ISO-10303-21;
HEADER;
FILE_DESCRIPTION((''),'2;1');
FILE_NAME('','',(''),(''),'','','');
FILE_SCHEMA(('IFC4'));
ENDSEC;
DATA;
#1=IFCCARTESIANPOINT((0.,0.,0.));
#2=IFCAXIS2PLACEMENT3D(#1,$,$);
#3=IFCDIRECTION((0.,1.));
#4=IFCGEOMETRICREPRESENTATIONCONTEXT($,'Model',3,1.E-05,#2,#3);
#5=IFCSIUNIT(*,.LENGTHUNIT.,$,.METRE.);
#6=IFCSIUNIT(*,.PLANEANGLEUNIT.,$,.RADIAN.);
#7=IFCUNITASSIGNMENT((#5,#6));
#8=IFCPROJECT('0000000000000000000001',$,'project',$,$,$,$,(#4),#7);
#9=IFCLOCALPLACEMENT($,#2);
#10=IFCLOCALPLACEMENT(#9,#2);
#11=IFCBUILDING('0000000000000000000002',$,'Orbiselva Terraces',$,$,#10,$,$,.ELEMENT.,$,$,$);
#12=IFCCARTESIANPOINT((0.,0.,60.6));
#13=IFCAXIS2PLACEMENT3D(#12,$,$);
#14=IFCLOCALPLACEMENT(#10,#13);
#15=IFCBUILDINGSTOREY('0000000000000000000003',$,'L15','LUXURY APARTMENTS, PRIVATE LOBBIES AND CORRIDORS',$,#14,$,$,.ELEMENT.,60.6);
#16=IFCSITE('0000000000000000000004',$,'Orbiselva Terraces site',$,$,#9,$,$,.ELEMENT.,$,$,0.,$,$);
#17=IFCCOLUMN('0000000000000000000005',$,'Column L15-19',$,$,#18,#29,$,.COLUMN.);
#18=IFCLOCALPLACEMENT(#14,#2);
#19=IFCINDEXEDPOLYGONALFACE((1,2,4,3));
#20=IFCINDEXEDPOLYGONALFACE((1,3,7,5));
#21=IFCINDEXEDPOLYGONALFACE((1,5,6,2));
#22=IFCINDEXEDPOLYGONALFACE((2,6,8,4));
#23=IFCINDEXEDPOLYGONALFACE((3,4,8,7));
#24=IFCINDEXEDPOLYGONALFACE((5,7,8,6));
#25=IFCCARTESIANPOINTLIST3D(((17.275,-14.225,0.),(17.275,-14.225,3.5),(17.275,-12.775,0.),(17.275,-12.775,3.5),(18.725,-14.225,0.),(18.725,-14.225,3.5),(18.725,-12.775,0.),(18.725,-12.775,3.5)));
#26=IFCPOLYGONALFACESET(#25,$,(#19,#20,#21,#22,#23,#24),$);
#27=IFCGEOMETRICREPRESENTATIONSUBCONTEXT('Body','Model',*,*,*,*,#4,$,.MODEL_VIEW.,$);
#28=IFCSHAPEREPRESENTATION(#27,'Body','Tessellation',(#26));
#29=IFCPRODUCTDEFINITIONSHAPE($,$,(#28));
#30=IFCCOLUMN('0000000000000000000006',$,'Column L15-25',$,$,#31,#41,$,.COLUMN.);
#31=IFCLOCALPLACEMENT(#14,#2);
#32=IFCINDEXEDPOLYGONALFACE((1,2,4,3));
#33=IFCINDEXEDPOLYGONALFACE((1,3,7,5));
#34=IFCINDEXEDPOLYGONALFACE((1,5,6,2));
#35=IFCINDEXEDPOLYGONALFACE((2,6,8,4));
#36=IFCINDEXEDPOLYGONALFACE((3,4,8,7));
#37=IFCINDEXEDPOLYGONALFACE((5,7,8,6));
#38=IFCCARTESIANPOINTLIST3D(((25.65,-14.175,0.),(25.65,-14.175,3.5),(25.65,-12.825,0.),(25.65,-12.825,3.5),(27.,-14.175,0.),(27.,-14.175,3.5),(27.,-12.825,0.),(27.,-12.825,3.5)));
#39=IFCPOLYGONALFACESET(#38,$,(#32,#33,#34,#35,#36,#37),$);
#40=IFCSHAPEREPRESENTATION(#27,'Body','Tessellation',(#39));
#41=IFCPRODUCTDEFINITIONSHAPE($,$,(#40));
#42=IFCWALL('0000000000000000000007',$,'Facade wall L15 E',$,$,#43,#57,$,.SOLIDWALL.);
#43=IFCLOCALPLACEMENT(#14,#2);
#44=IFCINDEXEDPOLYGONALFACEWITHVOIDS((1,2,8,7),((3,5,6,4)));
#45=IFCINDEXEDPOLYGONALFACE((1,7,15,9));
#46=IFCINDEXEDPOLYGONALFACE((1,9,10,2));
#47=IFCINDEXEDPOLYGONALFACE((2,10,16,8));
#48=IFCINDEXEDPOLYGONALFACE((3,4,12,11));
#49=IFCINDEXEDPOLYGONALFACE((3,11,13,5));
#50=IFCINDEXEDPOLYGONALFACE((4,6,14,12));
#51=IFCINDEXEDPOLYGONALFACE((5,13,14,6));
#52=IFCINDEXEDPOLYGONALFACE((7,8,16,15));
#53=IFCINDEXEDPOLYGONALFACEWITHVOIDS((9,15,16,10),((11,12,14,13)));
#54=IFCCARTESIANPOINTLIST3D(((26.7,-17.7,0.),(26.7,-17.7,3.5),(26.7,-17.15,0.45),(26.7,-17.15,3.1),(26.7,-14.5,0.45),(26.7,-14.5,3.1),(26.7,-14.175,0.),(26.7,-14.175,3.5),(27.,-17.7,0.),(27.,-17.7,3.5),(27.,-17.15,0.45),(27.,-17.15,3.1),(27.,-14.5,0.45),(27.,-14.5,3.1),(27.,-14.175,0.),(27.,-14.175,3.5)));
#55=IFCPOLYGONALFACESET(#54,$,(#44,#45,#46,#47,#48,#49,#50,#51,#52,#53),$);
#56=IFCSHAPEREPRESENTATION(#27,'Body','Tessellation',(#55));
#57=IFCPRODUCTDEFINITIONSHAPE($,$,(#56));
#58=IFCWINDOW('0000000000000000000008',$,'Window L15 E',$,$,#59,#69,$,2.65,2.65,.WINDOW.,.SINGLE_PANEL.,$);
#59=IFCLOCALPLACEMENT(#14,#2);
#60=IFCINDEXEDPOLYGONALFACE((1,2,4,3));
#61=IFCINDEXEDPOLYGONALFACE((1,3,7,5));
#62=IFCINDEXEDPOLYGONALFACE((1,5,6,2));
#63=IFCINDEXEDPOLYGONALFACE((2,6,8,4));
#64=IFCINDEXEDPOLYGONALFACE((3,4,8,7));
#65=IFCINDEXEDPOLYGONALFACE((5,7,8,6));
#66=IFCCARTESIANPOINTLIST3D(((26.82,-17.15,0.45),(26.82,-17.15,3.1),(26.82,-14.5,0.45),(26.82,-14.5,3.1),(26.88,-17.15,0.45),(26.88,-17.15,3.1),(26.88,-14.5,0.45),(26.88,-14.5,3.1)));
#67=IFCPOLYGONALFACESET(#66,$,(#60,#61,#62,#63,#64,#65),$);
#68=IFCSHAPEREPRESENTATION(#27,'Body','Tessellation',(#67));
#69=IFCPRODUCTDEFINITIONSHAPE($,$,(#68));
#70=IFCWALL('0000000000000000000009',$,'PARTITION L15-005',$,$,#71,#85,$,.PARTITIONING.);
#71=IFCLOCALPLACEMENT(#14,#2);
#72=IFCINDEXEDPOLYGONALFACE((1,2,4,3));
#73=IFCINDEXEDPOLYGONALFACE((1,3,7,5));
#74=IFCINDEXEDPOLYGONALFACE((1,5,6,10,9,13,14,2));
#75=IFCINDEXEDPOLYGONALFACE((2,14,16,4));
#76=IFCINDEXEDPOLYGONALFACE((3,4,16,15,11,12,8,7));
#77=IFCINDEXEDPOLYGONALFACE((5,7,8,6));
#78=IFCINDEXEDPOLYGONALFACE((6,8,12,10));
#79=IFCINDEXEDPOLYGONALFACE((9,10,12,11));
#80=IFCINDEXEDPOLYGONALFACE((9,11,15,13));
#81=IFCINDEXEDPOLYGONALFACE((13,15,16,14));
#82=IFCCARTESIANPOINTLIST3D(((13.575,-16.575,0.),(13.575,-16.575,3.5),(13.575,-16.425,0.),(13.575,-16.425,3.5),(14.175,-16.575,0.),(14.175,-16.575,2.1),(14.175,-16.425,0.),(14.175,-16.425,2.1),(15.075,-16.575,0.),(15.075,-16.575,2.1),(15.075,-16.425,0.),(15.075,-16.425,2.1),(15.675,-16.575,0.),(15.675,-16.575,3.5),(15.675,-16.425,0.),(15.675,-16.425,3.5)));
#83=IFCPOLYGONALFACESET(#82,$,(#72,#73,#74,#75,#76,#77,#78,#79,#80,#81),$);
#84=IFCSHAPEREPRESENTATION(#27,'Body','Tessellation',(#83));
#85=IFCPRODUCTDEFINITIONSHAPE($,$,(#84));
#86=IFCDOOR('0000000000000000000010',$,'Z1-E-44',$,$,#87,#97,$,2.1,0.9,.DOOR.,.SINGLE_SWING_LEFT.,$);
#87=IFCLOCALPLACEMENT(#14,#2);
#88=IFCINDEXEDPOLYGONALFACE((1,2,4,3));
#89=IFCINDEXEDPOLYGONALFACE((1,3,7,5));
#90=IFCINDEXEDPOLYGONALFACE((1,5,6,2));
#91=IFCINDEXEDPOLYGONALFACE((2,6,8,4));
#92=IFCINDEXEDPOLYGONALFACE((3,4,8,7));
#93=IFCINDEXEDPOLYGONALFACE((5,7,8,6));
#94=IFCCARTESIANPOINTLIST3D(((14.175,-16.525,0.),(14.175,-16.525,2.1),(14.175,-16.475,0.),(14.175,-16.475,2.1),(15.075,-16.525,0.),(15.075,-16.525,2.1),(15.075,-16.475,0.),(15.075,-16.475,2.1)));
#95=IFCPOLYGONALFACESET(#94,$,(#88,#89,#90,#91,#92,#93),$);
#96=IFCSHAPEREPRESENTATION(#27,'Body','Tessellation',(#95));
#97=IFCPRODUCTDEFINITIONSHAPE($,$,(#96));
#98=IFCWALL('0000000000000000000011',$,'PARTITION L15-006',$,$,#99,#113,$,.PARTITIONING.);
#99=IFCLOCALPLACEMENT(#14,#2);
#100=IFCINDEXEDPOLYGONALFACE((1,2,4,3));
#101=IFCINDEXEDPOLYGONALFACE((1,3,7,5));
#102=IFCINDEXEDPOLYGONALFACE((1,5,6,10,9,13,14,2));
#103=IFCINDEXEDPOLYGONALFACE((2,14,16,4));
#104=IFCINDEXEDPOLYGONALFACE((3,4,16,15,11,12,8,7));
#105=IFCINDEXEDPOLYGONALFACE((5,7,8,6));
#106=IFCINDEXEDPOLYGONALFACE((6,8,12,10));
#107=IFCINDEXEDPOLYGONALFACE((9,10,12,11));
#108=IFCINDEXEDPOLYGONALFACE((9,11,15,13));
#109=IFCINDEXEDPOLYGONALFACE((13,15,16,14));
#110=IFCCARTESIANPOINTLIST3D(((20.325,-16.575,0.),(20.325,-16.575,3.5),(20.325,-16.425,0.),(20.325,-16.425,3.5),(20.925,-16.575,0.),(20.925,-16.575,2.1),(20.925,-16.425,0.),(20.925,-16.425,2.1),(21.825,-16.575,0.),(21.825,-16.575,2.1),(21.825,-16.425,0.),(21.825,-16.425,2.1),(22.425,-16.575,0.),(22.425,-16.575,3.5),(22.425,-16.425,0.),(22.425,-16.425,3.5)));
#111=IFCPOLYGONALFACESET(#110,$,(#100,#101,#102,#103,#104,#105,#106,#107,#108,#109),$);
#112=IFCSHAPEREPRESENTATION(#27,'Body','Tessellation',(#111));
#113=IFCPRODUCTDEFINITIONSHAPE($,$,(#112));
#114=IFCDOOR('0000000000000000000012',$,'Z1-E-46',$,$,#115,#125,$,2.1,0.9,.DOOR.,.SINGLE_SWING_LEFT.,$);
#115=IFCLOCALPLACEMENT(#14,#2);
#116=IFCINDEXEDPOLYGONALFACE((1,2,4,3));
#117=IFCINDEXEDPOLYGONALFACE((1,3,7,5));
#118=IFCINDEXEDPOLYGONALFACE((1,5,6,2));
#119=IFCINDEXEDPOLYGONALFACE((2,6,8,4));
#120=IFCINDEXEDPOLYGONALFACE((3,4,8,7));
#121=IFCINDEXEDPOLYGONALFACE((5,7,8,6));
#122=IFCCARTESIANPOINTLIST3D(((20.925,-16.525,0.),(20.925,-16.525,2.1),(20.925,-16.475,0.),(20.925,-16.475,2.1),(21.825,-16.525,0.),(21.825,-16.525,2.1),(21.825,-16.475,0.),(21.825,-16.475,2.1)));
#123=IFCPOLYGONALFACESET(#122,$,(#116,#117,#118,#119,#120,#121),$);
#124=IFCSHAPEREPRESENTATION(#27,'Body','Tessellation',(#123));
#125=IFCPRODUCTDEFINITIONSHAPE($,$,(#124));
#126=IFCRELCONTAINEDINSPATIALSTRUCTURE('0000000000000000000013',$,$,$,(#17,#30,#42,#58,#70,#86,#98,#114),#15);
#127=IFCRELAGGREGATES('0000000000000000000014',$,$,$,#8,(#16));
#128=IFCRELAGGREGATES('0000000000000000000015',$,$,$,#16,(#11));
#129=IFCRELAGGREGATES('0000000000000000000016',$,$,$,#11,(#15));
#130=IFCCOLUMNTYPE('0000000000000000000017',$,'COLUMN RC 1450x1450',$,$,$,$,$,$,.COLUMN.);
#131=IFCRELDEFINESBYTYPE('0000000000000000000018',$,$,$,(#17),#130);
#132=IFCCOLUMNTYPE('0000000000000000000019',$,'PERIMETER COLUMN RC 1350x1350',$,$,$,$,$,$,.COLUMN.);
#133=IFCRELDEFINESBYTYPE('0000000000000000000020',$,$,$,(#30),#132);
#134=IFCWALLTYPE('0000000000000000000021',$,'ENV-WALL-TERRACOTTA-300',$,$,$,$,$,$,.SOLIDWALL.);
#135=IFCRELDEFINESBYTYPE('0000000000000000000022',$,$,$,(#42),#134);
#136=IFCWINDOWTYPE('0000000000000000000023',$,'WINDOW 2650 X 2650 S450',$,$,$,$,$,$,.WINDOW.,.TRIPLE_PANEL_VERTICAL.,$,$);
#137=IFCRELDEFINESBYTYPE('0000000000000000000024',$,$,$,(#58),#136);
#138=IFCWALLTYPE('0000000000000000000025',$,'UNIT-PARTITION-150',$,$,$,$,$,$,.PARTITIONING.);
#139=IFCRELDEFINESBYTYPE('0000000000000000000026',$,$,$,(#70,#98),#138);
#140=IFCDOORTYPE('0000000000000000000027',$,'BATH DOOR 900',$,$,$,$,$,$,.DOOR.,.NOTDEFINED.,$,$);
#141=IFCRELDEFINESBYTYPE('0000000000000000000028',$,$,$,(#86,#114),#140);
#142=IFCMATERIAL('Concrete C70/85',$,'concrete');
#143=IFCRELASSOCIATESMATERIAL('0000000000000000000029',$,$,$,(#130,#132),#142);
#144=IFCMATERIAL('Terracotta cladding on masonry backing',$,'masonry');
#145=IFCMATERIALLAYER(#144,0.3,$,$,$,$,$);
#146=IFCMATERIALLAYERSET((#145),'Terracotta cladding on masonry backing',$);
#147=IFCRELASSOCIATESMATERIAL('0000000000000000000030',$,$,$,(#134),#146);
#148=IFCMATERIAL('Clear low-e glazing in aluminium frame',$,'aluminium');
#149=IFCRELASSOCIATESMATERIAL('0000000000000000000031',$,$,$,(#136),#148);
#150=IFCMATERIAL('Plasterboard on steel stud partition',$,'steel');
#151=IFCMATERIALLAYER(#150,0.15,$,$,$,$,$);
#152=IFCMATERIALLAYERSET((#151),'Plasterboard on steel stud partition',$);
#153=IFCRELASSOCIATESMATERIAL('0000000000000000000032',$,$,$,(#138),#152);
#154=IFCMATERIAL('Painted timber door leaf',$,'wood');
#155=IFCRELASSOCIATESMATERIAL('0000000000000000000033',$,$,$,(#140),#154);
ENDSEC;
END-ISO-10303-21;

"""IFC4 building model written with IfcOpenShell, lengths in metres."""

from ifc_helpers import new_model, si_unit, direction, frame, frame_2d, origin, origin_2d, place, context, subcontext, project, spatial, rectangle, extrude, material, layer, layer_set, material_profile, profile_set, type_object, element, fill, save


model = new_model("IFC4")

# Units and contexts
model_context = context("Model", 3, precision=1e-05, world=origin(), true_north=direction((0.0, 1.0)))
body_context = subcontext(model_context, "Body", "Model", "MODEL_VIEW")
ifc_project = project(units=[si_unit("LENGTHUNIT", "METRE"), si_unit("PLANEANGLEUNIT", "RADIAN")], contexts=[model_context])

# Site, building, storey
site_placement = place(None, origin())
site = spatial("IfcSite", under=ifc_project, at=site_placement, Name="Orbiselva Terraces site", CompositionType="ELEMENT", RefElevation=0.0)
building_placement = place(site_placement, origin())
building = spatial("IfcBuilding", under=site, at=building_placement, Name="Orbiselva Terraces", CompositionType="ELEMENT")
storey_placement = place(building_placement, frame((0.0, 0.0, 60.6)))
storey = spatial("IfcBuildingStorey", under=building, at=storey_placement, Name="L15", Description="LUXURY APARTMENTS, PRIVATE LOBBIES AND CORRIDORS", CompositionType="ELEMENT", Elevation=60.6)

# Columns
ifc_material_1 = material(Name="Concrete C70/85", Category="concrete")
ifc_material_profile_1 = material_profile(ifc_material_1, rectangle(XDim=1.45, YDim=1.45, at=origin_2d()), Name="RC 1450x1450")
ifc_profile_set_1 = profile_set([ifc_material_profile_1], Name="Concrete C70/85")
column_type_1 = type_object("IfcColumnType", Name="COLUMN RC 1450x1450", PredefinedType="COLUMN", material=ifc_profile_set_1)
column_1_placement = place(storey_placement, frame((18.0, -13.5, 0.0), z_axis=(0.0, 0.0, 1.0), x_axis=(1.0, 0.0, 0.0)))
element("IfcColumn", 1, at=column_1_placement, inside=storey, type_object=column_type_1, Name="Column L15-19", PredefinedType="COLUMN", context=body_context, shape_type="SweptSolid", body=[
    extrude(rectangle(XDim=1.45, YDim=1.45, at=origin_2d()), origin(), (0.0, 0.0, 1.0), 3.5),
])
ifc_material_profile_2 = material_profile(ifc_material_1, rectangle(XDim=1.35, YDim=1.35, at=origin_2d()), Name="RC 1350x1350")
ifc_profile_set_2 = profile_set([ifc_material_profile_2], Name="Concrete C70/85")
column_type_2 = type_object("IfcColumnType", Name="PERIMETER COLUMN RC 1350x1350", PredefinedType="COLUMN", material=ifc_profile_set_2)
column_2_placement = place(storey_placement, frame((26.325, -13.5, 0.0), z_axis=(0.0, 0.0, 1.0), x_axis=(1.0, 0.0, 0.0)))
element("IfcColumn", 2, at=column_2_placement, inside=storey, type_object=column_type_2, Name="Column L15-25", PredefinedType="COLUMN", context=body_context, shape_type="SweptSolid", body=[
    extrude(rectangle(XDim=1.35, YDim=1.35, at=origin_2d()), origin(), (0.0, 0.0, 1.0), 3.5),
])

# Wall, opening, window
ifc_material_2 = material(Name="Terracotta cladding on masonry backing", Category="masonry")
ifc_layer_1 = layer(ifc_material_2, 0.3)
ifc_layer_set_1 = layer_set([ifc_layer_1], Name="Terracotta cladding on masonry backing")
wall_type_1 = type_object("IfcWallType", Name="ENV-WALL-TERRACOTTA-300", PredefinedType="SOLIDWALL", material=ifc_layer_set_1)
wall_1_placement = place(storey_placement, frame((26.85, -14.175, 0.0), z_axis=(0.0, 0.0, 1.0), x_axis=(0.0, -1.0, 0.0)))
wall_1 = element("IfcWall", 3, at=wall_1_placement, inside=storey, type_object=wall_type_1, Name="Facade wall L15 E", PredefinedType="SOLIDWALL", context=body_context, shape_type="SweptSolid", body=[
    extrude(rectangle(XDim=3.525, YDim=0.3, at=frame_2d((1.7625, 0.0))), origin(), (0.0, 0.0, 1.0), 3.5),
])
opening_1_placement = place(wall_1_placement, frame((0.325, 0.0, 0.45)))
opening_1 = element("IfcOpeningElement", 4, at=opening_1_placement, cuts=wall_1, PredefinedType="OPENING", context=body_context, shape_type="SweptSolid", body=[
    extrude(rectangle(XDim=2.65, YDim=2.65, at=frame_2d((1.325, 1.325))), frame((0.0, 0.16, 0.0), z_axis=(0.0, -1.0, 0.0), x_axis=(1.0, 0.0, 0.0)), (0.0, 0.0, 1.0), 0.32),
])
ifc_material_3 = material(Name="Clear low-e glazing in aluminium frame", Category="aluminium")
window_type = type_object("IfcWindowType", Name="WINDOW 2650 X 2650 S450", PartitioningType="TRIPLE_PANEL_VERTICAL", PredefinedType="WINDOW", material=ifc_material_3)
window_placement = place(opening_1_placement, origin())
window = element("IfcWindow", 5, at=window_placement, inside=storey, type_object=window_type, Name="Window L15 E", OverallHeight=2.65, OverallWidth=2.65, PartitioningType="SINGLE_PANEL", PredefinedType="WINDOW", context=body_context, shape_type="SweptSolid", body=[
    extrude(rectangle(XDim=2.65, YDim=2.65, at=frame_2d((1.325, 1.325))), frame((0.0, 0.03, 0.0), z_axis=(0.0, -1.0, 0.0), x_axis=(1.0, 0.0, 0.0)), (0.0, 0.0, 1.0), 0.06),
])
fill(opening_1, window)

# Walls, openings, doors
ifc_material_4 = material(Name="Plasterboard on steel stud partition", Category="steel")
ifc_layer_2 = layer(ifc_material_4, 0.15)
ifc_layer_set_2 = layer_set([ifc_layer_2], Name="Plasterboard on steel stud partition")
wall_type_2 = type_object("IfcWallType", Name="UNIT-PARTITION-150", PredefinedType="PARTITIONING", material=ifc_layer_set_2)
wall_2_placement = place(storey_placement, frame((13.575, -16.5, 0.0), z_axis=(0.0, 0.0, 1.0), x_axis=(1.0, 0.0, 0.0)))
wall_2 = element("IfcWall", 6, at=wall_2_placement, inside=storey, type_object=wall_type_2, Name="PARTITION L15-005", PredefinedType="PARTITIONING", context=body_context, shape_type="SweptSolid", body=[
    extrude(rectangle(XDim=2.1, YDim=0.15, at=frame_2d((1.05, 0.0))), origin(), (0.0, 0.0, 1.0), 3.5),
])
opening_2_placement = place(wall_2_placement, frame((0.6, 0.0, 0.0)))
opening_2 = element("IfcOpeningElement", 7, at=opening_2_placement, cuts=wall_2, PredefinedType="OPENING", context=body_context, shape_type="SweptSolid", body=[
    extrude(rectangle(XDim=0.9, YDim=2.1, at=frame_2d((0.45, 1.05))), frame((0.0, 0.085, 0.0), z_axis=(0.0, -1.0, 0.0), x_axis=(1.0, 0.0, 0.0)), (0.0, 0.0, 1.0), 0.17),
])
ifc_material_5 = material(Name="Painted timber door leaf", Category="wood")
door_type_1 = type_object("IfcDoorType", Name="BATH DOOR 900", OperationType="NOTDEFINED", PredefinedType="DOOR", material=ifc_material_5)
door_1_placement = place(opening_2_placement, origin())
door_1 = element("IfcDoor", 8, at=door_1_placement, inside=storey, type_object=door_type_1, Name="Z1-E-44", OperationType="SINGLE_SWING_LEFT", OverallHeight=2.1, OverallWidth=0.9, PredefinedType="DOOR", context=body_context, shape_type="SweptSolid", body=[
    extrude(rectangle(XDim=0.9, YDim=2.1, at=frame_2d((0.45, 1.05))), frame((0.0, 0.025, 0.0), z_axis=(0.0, -1.0, 0.0), x_axis=(1.0, 0.0, 0.0)), (0.0, 0.0, 1.0), 0.05),
])
fill(opening_2, door_1)
wall_3_placement = place(storey_placement, frame((20.325, -16.5, 0.0), z_axis=(0.0, 0.0, 1.0), x_axis=(1.0, 0.0, 0.0)))
wall_3 = element("IfcWall", 9, at=wall_3_placement, inside=storey, type_object=wall_type_2, Name="PARTITION L15-006", PredefinedType="PARTITIONING", context=body_context, shape_type="SweptSolid", body=[
    extrude(rectangle(XDim=2.1, YDim=0.15, at=frame_2d((1.05, 0.0))), origin(), (0.0, 0.0, 1.0), 3.5),
])
opening_3_placement = place(wall_3_placement, frame((0.6, 0.0, 0.0)))
opening_3 = element("IfcOpeningElement", 10, at=opening_3_placement, cuts=wall_3, PredefinedType="OPENING", context=body_context, shape_type="SweptSolid", body=[
    extrude(rectangle(XDim=0.9, YDim=2.1, at=frame_2d((0.45, 1.05))), frame((0.0, 0.085, 0.0), z_axis=(0.0, -1.0, 0.0), x_axis=(1.0, 0.0, 0.0)), (0.0, 0.0, 1.0), 0.17),
])
door_2_placement = place(opening_3_placement, origin())
door_2 = element("IfcDoor", 11, at=door_2_placement, inside=storey, type_object=door_type_1, Name="Z1-E-46", OperationType="SINGLE_SWING_LEFT", OverallHeight=2.1, OverallWidth=0.9, PredefinedType="DOOR", context=body_context, shape_type="SweptSolid", body=[
    extrude(rectangle(XDim=0.9, YDim=2.1, at=frame_2d((0.45, 1.05))), frame((0.0, 0.025, 0.0), z_axis=(0.0, -1.0, 0.0), x_axis=(1.0, 0.0, 0.0)), (0.0, 0.0, 1.0), 0.05),
])
fill(opening_3, door_2)

save(model, "model.ifc")
